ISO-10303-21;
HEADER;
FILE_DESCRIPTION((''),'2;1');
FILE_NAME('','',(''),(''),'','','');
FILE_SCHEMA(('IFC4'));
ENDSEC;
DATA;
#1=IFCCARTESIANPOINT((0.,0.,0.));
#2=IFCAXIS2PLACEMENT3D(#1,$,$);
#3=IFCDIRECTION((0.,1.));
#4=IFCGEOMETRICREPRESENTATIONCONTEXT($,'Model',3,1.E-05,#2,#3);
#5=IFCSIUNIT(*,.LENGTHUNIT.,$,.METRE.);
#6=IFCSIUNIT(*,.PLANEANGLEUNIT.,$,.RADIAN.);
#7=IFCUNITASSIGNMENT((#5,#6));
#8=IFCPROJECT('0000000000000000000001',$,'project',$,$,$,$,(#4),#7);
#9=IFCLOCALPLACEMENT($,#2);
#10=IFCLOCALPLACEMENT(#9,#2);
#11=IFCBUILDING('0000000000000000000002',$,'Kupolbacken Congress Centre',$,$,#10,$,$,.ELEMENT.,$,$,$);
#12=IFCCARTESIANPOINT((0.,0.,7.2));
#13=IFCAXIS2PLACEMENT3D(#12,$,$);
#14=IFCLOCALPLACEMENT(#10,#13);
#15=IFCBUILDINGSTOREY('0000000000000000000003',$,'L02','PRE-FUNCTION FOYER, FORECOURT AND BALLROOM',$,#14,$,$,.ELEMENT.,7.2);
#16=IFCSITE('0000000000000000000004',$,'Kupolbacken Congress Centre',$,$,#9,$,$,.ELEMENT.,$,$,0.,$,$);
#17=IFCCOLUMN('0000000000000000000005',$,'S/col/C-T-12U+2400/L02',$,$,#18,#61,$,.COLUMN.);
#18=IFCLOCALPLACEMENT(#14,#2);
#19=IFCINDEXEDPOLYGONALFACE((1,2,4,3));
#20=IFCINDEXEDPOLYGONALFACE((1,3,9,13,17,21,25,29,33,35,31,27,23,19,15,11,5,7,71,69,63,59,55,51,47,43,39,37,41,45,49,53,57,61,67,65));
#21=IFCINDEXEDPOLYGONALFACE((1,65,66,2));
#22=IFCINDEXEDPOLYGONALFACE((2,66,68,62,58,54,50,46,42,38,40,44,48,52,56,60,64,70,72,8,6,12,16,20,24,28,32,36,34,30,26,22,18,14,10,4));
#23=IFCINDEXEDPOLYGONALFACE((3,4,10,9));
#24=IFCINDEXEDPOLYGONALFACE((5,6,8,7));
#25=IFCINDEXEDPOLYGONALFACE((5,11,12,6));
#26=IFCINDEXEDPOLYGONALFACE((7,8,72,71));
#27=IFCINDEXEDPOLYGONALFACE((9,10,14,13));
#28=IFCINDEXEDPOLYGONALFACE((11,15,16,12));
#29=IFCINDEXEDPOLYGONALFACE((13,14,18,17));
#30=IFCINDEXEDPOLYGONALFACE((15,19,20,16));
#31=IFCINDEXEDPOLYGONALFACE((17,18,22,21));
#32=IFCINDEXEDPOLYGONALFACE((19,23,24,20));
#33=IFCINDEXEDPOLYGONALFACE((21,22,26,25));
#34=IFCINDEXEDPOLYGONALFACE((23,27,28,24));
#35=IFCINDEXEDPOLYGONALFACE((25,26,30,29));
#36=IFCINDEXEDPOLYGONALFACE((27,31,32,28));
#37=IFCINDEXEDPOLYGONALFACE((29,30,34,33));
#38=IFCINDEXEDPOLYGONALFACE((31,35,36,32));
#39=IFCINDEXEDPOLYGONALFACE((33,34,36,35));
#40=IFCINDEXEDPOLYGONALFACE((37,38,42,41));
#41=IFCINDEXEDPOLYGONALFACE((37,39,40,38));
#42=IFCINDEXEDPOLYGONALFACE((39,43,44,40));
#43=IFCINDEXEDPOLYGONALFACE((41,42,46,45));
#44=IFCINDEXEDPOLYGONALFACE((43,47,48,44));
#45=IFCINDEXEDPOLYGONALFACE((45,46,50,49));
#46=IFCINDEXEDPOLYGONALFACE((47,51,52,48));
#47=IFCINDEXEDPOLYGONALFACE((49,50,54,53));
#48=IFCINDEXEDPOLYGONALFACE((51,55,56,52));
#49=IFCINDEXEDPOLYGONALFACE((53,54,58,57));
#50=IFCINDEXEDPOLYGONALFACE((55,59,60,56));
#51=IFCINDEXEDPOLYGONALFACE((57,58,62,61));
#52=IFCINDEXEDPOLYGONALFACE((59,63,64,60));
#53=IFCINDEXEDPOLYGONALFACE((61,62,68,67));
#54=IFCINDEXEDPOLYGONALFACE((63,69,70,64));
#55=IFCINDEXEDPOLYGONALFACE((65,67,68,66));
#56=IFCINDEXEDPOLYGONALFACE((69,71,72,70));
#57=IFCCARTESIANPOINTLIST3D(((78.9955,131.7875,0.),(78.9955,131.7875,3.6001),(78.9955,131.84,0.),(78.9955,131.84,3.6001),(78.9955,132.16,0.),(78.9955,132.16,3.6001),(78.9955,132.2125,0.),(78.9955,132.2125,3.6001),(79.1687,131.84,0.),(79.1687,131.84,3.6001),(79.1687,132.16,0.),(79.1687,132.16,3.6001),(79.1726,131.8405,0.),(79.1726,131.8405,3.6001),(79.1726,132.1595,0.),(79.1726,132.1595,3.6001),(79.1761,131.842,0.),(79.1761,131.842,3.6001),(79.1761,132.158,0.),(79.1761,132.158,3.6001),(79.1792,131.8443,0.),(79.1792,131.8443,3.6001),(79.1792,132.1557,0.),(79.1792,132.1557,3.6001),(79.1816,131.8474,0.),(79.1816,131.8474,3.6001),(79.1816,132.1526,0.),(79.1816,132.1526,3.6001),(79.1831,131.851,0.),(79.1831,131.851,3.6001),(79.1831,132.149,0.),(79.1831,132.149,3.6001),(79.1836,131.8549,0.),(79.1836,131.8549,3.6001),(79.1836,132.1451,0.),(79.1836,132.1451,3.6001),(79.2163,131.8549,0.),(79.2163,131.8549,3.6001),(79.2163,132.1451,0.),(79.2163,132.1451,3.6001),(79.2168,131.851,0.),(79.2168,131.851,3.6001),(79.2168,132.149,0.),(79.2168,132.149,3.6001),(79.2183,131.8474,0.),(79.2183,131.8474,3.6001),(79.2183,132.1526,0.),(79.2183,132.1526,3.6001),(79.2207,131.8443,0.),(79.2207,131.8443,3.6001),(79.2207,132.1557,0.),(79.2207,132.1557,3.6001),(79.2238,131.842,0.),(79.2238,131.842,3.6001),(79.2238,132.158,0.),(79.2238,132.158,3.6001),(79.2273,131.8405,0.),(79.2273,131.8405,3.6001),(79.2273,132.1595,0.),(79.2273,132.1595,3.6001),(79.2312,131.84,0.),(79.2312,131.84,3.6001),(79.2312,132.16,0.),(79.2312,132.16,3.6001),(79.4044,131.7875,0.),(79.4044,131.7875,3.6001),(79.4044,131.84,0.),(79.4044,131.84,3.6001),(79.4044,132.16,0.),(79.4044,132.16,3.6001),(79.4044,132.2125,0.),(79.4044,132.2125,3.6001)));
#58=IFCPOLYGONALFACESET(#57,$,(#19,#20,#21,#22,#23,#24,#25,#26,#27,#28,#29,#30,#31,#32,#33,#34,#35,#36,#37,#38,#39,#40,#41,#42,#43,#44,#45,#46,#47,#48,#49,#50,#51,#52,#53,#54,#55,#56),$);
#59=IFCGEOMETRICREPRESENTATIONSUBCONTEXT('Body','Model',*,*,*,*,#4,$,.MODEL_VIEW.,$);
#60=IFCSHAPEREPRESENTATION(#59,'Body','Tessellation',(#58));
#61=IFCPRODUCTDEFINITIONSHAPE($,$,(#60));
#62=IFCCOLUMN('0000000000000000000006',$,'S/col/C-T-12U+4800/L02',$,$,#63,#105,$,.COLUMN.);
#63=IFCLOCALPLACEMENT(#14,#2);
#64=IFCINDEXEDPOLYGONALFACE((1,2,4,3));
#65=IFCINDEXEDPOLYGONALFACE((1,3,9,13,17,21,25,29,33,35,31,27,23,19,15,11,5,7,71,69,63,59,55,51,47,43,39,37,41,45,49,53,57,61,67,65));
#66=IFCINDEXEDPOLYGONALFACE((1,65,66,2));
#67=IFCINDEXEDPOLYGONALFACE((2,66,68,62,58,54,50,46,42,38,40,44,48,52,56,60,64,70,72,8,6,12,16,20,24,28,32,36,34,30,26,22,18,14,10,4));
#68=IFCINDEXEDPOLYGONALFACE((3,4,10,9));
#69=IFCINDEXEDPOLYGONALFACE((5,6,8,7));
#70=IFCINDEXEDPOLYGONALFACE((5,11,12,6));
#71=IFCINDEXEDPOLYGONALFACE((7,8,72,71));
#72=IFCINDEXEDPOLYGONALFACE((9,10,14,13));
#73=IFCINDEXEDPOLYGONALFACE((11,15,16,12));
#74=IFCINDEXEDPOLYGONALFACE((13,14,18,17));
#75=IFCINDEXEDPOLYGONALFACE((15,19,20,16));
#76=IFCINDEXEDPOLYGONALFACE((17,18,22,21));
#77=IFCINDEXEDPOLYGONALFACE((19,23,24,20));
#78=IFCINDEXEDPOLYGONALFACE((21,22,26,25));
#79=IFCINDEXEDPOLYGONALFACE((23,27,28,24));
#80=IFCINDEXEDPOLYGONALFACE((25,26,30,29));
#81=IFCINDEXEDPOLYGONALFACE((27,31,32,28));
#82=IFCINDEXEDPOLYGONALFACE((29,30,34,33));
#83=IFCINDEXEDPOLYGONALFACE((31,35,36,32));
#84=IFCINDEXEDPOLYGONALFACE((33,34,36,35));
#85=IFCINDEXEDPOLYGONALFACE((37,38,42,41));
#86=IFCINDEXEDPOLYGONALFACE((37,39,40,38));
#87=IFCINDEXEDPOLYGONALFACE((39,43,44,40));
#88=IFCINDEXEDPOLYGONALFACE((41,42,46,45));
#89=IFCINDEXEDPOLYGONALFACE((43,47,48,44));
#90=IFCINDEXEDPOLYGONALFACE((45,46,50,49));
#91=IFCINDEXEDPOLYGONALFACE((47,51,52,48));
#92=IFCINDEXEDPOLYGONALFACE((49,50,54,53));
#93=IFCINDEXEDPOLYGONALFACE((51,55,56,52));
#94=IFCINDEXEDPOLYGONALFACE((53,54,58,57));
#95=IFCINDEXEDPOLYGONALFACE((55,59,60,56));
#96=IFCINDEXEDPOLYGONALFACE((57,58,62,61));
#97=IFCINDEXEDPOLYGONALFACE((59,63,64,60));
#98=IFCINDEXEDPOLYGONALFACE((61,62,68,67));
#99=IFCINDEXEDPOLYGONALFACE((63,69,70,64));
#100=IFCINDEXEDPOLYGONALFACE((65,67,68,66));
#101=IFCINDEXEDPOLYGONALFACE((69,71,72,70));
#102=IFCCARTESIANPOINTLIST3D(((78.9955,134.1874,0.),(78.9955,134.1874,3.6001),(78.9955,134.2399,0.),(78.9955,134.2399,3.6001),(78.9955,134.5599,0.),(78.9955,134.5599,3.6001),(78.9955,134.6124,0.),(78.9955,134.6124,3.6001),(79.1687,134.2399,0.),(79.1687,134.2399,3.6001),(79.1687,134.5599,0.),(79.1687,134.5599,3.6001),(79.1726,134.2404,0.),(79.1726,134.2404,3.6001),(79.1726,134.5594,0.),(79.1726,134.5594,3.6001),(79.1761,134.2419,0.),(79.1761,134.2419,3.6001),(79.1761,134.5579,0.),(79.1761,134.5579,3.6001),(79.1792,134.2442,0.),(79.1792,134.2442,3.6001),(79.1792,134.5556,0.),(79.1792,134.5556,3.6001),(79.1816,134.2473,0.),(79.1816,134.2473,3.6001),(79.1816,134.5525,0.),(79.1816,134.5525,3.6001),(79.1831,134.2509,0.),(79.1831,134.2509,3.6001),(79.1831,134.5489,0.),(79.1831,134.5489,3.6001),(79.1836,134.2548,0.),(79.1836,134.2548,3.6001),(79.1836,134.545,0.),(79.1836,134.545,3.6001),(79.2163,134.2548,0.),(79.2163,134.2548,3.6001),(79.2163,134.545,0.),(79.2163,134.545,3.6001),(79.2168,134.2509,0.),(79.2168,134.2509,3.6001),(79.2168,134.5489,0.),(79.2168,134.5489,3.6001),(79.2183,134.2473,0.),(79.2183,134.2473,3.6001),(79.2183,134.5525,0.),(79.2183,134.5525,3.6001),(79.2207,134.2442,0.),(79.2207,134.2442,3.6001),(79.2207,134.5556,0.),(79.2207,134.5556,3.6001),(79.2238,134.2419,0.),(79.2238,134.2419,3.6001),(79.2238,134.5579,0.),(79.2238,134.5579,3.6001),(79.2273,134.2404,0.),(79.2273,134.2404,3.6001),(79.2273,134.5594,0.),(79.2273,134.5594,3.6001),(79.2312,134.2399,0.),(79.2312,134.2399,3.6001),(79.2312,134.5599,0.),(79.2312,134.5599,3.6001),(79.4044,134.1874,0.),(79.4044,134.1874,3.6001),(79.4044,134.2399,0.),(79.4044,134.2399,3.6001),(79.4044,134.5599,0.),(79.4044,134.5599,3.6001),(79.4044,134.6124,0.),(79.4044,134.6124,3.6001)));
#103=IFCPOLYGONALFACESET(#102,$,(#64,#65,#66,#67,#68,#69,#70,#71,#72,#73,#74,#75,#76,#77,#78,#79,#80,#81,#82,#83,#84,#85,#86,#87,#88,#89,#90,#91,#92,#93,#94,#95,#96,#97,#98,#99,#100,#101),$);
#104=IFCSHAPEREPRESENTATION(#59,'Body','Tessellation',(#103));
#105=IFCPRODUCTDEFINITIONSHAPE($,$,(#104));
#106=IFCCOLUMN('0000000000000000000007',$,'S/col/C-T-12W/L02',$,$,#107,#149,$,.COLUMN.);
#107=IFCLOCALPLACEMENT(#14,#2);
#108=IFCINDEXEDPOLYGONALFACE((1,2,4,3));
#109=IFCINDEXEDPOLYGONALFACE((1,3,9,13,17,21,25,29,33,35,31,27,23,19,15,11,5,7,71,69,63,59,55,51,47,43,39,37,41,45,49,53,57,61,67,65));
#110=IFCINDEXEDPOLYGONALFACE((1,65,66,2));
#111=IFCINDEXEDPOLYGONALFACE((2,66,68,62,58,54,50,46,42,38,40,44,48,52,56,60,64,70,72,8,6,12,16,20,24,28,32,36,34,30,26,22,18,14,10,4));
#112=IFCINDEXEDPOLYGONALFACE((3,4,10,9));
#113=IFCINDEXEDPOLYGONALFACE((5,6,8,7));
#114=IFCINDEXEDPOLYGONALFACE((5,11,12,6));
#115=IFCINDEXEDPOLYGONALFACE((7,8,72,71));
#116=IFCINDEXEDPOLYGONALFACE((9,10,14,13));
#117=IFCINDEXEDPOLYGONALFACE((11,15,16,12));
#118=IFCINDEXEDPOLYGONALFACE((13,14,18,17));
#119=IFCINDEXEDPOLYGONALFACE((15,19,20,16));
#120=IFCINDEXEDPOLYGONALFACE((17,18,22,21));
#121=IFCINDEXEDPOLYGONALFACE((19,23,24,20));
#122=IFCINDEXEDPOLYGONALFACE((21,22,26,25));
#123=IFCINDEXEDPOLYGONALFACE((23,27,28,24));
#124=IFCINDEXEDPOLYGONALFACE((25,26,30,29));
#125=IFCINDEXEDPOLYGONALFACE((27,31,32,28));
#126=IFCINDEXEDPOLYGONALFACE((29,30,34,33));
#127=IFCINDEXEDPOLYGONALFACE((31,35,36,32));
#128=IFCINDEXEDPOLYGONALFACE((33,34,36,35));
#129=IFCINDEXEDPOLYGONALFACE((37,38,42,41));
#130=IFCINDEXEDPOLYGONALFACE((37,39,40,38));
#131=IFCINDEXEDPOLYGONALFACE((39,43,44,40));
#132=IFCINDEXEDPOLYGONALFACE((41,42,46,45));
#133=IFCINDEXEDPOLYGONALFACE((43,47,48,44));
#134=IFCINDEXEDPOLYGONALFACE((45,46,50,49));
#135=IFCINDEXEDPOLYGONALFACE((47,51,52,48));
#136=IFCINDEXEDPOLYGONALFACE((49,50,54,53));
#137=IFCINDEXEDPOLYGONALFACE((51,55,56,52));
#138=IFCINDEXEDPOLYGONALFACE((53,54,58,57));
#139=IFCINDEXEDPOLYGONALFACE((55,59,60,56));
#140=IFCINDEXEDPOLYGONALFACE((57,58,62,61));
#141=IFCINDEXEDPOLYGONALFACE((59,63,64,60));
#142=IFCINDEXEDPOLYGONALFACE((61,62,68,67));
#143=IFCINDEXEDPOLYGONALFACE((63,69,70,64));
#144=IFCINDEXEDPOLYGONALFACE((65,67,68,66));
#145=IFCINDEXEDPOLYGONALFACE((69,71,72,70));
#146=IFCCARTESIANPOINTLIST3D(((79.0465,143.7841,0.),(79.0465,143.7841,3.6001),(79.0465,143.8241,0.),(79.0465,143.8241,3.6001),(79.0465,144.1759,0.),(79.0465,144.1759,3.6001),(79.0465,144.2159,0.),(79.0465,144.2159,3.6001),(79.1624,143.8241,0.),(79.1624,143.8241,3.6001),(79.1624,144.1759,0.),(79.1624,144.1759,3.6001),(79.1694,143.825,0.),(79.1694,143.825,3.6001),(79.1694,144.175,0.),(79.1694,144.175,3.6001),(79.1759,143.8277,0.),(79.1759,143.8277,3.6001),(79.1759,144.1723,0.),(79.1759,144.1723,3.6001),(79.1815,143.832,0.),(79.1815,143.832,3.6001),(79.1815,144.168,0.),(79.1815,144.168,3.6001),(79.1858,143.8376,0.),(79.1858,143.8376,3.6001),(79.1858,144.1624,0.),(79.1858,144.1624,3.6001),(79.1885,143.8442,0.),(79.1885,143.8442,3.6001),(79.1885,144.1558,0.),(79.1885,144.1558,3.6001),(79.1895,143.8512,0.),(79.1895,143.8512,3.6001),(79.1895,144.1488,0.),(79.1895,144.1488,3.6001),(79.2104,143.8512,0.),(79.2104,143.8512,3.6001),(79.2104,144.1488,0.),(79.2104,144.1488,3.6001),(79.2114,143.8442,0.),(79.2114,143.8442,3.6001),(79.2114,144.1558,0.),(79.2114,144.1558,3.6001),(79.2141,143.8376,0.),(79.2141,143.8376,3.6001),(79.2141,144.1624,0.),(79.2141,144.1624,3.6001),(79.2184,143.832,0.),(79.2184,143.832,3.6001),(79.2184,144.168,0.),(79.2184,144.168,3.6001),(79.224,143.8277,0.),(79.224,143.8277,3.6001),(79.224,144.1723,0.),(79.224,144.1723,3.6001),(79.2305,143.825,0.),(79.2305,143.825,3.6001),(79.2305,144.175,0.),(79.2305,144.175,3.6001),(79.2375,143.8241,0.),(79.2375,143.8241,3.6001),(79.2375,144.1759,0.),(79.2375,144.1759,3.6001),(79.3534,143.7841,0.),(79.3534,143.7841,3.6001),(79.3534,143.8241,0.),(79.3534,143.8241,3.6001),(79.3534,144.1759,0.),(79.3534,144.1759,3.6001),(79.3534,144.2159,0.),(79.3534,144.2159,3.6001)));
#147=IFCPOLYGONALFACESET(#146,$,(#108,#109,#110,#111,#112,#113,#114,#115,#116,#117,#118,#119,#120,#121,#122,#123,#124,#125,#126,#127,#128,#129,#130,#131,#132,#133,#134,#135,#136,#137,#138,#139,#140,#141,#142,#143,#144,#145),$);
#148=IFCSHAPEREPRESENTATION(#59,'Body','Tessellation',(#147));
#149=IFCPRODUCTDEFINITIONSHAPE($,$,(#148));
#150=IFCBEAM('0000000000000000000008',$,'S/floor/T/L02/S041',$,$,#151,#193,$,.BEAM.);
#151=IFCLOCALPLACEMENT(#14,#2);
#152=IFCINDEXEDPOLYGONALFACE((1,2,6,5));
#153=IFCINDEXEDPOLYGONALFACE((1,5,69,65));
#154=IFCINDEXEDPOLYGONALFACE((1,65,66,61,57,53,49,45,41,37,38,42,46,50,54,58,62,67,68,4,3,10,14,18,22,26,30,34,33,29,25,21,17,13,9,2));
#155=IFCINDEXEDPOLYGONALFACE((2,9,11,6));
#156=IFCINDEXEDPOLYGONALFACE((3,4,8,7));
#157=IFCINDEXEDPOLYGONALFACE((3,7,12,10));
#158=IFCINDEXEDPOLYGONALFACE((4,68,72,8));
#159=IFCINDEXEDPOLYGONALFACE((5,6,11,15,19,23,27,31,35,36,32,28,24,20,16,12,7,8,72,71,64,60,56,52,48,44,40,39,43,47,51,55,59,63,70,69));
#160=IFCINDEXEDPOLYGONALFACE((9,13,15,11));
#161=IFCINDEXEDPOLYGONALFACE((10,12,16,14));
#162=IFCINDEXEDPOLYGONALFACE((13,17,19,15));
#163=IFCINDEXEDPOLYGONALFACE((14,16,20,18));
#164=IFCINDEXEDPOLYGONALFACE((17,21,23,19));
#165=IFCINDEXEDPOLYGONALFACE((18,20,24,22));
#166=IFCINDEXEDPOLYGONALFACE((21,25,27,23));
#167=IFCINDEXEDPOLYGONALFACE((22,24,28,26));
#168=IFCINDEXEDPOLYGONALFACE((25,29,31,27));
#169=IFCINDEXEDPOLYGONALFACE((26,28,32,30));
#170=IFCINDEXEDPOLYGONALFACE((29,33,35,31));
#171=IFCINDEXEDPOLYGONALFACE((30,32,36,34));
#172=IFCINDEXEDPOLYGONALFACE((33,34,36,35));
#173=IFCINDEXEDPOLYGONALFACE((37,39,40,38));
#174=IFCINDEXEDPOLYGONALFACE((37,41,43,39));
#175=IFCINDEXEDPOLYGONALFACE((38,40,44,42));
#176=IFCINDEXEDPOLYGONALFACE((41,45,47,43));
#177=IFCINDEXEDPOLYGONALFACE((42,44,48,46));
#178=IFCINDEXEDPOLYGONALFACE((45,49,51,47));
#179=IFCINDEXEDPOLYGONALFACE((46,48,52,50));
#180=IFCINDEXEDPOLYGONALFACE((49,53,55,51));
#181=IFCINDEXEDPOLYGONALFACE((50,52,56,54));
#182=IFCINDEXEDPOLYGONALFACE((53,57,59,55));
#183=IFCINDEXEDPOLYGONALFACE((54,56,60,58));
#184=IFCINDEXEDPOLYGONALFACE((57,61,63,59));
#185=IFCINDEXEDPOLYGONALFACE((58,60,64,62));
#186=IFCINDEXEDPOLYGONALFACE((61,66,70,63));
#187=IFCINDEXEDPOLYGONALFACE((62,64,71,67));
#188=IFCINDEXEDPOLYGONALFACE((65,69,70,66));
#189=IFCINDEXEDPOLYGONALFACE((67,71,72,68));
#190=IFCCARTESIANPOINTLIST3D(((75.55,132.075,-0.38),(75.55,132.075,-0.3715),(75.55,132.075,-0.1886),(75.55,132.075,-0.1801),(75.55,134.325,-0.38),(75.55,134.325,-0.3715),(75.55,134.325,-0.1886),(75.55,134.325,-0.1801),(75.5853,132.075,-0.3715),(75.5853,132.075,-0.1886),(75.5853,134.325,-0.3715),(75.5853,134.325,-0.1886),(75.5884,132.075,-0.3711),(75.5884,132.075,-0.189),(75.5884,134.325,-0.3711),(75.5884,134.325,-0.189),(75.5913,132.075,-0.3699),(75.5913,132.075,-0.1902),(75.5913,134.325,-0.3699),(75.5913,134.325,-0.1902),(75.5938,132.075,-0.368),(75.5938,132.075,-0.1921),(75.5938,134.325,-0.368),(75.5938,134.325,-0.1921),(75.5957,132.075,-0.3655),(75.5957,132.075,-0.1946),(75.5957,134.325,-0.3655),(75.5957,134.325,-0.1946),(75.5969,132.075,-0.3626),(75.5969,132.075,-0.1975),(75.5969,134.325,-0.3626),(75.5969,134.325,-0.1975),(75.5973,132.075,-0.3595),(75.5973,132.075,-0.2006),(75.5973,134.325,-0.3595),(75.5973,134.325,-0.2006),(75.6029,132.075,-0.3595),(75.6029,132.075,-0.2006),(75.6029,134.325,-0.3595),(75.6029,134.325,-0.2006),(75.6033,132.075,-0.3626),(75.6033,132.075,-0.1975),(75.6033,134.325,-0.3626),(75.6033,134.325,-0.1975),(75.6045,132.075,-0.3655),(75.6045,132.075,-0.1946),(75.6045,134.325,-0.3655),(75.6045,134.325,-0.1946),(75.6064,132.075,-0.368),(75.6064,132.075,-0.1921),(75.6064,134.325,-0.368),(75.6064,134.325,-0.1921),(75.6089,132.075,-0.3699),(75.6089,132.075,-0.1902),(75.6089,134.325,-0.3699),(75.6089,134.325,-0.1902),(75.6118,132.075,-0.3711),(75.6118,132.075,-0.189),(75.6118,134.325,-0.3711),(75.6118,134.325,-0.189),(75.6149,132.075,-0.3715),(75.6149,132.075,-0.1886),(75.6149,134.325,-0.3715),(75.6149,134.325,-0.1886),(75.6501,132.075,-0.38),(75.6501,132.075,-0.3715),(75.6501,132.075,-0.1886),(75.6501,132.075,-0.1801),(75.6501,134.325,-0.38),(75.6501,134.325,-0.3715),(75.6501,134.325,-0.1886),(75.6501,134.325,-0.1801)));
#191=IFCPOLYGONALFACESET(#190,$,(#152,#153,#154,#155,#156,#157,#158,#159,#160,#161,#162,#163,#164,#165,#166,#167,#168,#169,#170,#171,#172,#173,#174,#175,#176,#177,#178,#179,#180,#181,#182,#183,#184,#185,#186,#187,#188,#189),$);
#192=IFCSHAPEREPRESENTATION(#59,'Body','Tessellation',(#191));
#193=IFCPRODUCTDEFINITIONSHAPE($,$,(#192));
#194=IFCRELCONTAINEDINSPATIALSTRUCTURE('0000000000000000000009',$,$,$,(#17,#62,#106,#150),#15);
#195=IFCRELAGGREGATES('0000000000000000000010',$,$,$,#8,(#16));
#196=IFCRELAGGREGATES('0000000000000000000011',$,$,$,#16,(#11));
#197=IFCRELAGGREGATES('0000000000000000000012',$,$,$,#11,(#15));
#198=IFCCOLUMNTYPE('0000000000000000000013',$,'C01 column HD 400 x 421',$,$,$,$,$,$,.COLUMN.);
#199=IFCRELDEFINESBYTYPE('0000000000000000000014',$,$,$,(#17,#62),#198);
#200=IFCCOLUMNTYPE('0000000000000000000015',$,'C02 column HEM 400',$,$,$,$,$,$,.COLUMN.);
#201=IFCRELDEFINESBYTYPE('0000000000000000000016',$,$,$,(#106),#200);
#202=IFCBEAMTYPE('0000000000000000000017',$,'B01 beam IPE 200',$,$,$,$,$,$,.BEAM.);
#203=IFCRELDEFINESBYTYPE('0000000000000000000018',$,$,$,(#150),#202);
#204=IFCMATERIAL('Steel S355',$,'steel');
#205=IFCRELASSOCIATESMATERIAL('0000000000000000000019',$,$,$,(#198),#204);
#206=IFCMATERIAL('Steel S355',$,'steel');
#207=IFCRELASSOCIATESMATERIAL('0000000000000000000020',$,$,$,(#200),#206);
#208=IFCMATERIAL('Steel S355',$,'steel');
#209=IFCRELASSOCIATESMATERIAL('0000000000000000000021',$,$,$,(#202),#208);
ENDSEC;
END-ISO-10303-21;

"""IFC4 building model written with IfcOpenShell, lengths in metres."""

from ifc_helpers import new_model, si_unit, direction, frame, origin, origin_2d, place, context, subcontext, project, spatial, i_section, extrude, material, material_profile, profile_set, type_object, element, save


model = new_model("IFC4")

# Units and contexts
model_context = context("Model", 3, precision=1e-05, world=origin(), true_north=direction((0.0, 1.0)))
body_context = subcontext(model_context, "Body", "Model", "MODEL_VIEW")
ifc_project = project(units=[si_unit("LENGTHUNIT", "METRE"), si_unit("PLANEANGLEUNIT", "RADIAN")], contexts=[model_context])

# Site, building, storey
site_placement = place(None, origin())
site = spatial("IfcSite", under=ifc_project, at=site_placement, Name="Kupolbacken Congress Centre", CompositionType="ELEMENT", RefElevation=0.0)
building_placement = place(site_placement, origin())
building = spatial("IfcBuilding", under=site, at=building_placement, Name="Kupolbacken Congress Centre", CompositionType="ELEMENT")
storey_placement = place(building_placement, frame((0.0, 0.0, 7.2)))
storey = spatial("IfcBuildingStorey", under=building, at=storey_placement, Name="L02", Description="PRE-FUNCTION FOYER, FORECOURT AND BALLROOM", CompositionType="ELEMENT", Elevation=7.2)

# Columns
ifc_material_1 = material(Name="Steel S355", Category="steel")
ifc_material_profile_1 = material_profile(ifc_material_1, i_section(OverallWidth=0.4089, OverallDepth=0.425, WebThickness=0.0327, FlangeThickness=0.0525, FilletRadius=0.0149, at=origin_2d()), Name="HD 400 x 421")
ifc_profile_set_1 = profile_set([ifc_material_profile_1], Name="Steel S355")
column_type_1 = type_object("IfcColumnType", Name="C01 column HD 400 x 421", PredefinedType="COLUMN", material=ifc_profile_set_1)
for number, where, z_axis, x_axis, name in (
    (1, (79.2, 132.0, 0.0), (0.0, 0.0, 1.0), (1.0, 0.0, 0.0), "S/col/C-T-12U+2400/L02"),
    (2, (79.2, 134.3999, 0.0), (0.0, 0.0, 1.0), (1.0, 0.0, 0.0), "S/col/C-T-12U+4800/L02"),
):
    element("IfcColumn", number, at=place(storey_placement, frame(where, z_axis=z_axis, x_axis=x_axis)), inside=storey, type_object=column_type_1, Name=name, PredefinedType="COLUMN", context=body_context, shape_type="SweptSolid", body=[
        extrude(i_section(OverallWidth=0.4089, OverallDepth=0.425, WebThickness=0.0327, FlangeThickness=0.0525, FilletRadius=0.0149, at=origin_2d()), origin(), (0.0, 0.0, 1.0), 3.6001),
    ])
ifc_material_2 = material(Name="Steel S355", Category="steel")
ifc_material_profile_2 = material_profile(ifc_material_2, i_section(OverallWidth=0.3069, OverallDepth=0.4319, WebThickness=0.021, FlangeThickness=0.04, FilletRadius=0.0271, at=origin_2d()), Name="HEM 400")
ifc_profile_set_2 = profile_set([ifc_material_profile_2], Name="Steel S355")
column_type_2 = type_object("IfcColumnType", Name="C02 column HEM 400", PredefinedType="COLUMN", material=ifc_profile_set_2)
column_placement = place(storey_placement, frame((79.2, 144.0, 0.0), z_axis=(0.0, 0.0, 1.0), x_axis=(1.0, 0.0, 0.0)))
element("IfcColumn", 3, at=column_placement, inside=storey, type_object=column_type_2, Name="S/col/C-T-12W/L02", PredefinedType="COLUMN", context=body_context, shape_type="SweptSolid", body=[
    extrude(i_section(OverallWidth=0.3069, OverallDepth=0.4319, WebThickness=0.021, FlangeThickness=0.04, FilletRadius=0.0271, at=origin_2d()), origin(), (0.0, 0.0, 1.0), 3.6001),
])

# Beam
ifc_material_3 = material(Name="Steel S355", Category="steel")
ifc_material_profile_3 = material_profile(ifc_material_3, i_section(OverallWidth=0.1001, OverallDepth=0.2, WebThickness=0.0056, FlangeThickness=0.0085, FilletRadius=0.012, at=origin_2d()), Name="IPE 200")
ifc_profile_set_3 = profile_set([ifc_material_profile_3], Name="Steel S355")
beam_type_1 = type_object("IfcBeamType", Name="B01 beam IPE 200", PredefinedType="BEAM", material=ifc_profile_set_3)
beam_1_placement = place(storey_placement, frame((75.6001, 132.075, -0.28), z_axis=(0.0, 1.0, 0.0), x_axis=(-1.0, 0.0, 0.0)))
element("IfcBeam", 4, at=beam_1_placement, inside=storey, type_object=beam_type_1, Name="S/floor/T/L02/S041", PredefinedType="BEAM", context=body_context, shape_type="SweptSolid", body=[
    extrude(i_section(OverallWidth=0.1001, OverallDepth=0.2, WebThickness=0.0056, FlangeThickness=0.0085, FilletRadius=0.012, at=origin_2d()), origin(), (0.0, 0.0, 1.0), 2.25),
])

save(model, "model.ifc")
